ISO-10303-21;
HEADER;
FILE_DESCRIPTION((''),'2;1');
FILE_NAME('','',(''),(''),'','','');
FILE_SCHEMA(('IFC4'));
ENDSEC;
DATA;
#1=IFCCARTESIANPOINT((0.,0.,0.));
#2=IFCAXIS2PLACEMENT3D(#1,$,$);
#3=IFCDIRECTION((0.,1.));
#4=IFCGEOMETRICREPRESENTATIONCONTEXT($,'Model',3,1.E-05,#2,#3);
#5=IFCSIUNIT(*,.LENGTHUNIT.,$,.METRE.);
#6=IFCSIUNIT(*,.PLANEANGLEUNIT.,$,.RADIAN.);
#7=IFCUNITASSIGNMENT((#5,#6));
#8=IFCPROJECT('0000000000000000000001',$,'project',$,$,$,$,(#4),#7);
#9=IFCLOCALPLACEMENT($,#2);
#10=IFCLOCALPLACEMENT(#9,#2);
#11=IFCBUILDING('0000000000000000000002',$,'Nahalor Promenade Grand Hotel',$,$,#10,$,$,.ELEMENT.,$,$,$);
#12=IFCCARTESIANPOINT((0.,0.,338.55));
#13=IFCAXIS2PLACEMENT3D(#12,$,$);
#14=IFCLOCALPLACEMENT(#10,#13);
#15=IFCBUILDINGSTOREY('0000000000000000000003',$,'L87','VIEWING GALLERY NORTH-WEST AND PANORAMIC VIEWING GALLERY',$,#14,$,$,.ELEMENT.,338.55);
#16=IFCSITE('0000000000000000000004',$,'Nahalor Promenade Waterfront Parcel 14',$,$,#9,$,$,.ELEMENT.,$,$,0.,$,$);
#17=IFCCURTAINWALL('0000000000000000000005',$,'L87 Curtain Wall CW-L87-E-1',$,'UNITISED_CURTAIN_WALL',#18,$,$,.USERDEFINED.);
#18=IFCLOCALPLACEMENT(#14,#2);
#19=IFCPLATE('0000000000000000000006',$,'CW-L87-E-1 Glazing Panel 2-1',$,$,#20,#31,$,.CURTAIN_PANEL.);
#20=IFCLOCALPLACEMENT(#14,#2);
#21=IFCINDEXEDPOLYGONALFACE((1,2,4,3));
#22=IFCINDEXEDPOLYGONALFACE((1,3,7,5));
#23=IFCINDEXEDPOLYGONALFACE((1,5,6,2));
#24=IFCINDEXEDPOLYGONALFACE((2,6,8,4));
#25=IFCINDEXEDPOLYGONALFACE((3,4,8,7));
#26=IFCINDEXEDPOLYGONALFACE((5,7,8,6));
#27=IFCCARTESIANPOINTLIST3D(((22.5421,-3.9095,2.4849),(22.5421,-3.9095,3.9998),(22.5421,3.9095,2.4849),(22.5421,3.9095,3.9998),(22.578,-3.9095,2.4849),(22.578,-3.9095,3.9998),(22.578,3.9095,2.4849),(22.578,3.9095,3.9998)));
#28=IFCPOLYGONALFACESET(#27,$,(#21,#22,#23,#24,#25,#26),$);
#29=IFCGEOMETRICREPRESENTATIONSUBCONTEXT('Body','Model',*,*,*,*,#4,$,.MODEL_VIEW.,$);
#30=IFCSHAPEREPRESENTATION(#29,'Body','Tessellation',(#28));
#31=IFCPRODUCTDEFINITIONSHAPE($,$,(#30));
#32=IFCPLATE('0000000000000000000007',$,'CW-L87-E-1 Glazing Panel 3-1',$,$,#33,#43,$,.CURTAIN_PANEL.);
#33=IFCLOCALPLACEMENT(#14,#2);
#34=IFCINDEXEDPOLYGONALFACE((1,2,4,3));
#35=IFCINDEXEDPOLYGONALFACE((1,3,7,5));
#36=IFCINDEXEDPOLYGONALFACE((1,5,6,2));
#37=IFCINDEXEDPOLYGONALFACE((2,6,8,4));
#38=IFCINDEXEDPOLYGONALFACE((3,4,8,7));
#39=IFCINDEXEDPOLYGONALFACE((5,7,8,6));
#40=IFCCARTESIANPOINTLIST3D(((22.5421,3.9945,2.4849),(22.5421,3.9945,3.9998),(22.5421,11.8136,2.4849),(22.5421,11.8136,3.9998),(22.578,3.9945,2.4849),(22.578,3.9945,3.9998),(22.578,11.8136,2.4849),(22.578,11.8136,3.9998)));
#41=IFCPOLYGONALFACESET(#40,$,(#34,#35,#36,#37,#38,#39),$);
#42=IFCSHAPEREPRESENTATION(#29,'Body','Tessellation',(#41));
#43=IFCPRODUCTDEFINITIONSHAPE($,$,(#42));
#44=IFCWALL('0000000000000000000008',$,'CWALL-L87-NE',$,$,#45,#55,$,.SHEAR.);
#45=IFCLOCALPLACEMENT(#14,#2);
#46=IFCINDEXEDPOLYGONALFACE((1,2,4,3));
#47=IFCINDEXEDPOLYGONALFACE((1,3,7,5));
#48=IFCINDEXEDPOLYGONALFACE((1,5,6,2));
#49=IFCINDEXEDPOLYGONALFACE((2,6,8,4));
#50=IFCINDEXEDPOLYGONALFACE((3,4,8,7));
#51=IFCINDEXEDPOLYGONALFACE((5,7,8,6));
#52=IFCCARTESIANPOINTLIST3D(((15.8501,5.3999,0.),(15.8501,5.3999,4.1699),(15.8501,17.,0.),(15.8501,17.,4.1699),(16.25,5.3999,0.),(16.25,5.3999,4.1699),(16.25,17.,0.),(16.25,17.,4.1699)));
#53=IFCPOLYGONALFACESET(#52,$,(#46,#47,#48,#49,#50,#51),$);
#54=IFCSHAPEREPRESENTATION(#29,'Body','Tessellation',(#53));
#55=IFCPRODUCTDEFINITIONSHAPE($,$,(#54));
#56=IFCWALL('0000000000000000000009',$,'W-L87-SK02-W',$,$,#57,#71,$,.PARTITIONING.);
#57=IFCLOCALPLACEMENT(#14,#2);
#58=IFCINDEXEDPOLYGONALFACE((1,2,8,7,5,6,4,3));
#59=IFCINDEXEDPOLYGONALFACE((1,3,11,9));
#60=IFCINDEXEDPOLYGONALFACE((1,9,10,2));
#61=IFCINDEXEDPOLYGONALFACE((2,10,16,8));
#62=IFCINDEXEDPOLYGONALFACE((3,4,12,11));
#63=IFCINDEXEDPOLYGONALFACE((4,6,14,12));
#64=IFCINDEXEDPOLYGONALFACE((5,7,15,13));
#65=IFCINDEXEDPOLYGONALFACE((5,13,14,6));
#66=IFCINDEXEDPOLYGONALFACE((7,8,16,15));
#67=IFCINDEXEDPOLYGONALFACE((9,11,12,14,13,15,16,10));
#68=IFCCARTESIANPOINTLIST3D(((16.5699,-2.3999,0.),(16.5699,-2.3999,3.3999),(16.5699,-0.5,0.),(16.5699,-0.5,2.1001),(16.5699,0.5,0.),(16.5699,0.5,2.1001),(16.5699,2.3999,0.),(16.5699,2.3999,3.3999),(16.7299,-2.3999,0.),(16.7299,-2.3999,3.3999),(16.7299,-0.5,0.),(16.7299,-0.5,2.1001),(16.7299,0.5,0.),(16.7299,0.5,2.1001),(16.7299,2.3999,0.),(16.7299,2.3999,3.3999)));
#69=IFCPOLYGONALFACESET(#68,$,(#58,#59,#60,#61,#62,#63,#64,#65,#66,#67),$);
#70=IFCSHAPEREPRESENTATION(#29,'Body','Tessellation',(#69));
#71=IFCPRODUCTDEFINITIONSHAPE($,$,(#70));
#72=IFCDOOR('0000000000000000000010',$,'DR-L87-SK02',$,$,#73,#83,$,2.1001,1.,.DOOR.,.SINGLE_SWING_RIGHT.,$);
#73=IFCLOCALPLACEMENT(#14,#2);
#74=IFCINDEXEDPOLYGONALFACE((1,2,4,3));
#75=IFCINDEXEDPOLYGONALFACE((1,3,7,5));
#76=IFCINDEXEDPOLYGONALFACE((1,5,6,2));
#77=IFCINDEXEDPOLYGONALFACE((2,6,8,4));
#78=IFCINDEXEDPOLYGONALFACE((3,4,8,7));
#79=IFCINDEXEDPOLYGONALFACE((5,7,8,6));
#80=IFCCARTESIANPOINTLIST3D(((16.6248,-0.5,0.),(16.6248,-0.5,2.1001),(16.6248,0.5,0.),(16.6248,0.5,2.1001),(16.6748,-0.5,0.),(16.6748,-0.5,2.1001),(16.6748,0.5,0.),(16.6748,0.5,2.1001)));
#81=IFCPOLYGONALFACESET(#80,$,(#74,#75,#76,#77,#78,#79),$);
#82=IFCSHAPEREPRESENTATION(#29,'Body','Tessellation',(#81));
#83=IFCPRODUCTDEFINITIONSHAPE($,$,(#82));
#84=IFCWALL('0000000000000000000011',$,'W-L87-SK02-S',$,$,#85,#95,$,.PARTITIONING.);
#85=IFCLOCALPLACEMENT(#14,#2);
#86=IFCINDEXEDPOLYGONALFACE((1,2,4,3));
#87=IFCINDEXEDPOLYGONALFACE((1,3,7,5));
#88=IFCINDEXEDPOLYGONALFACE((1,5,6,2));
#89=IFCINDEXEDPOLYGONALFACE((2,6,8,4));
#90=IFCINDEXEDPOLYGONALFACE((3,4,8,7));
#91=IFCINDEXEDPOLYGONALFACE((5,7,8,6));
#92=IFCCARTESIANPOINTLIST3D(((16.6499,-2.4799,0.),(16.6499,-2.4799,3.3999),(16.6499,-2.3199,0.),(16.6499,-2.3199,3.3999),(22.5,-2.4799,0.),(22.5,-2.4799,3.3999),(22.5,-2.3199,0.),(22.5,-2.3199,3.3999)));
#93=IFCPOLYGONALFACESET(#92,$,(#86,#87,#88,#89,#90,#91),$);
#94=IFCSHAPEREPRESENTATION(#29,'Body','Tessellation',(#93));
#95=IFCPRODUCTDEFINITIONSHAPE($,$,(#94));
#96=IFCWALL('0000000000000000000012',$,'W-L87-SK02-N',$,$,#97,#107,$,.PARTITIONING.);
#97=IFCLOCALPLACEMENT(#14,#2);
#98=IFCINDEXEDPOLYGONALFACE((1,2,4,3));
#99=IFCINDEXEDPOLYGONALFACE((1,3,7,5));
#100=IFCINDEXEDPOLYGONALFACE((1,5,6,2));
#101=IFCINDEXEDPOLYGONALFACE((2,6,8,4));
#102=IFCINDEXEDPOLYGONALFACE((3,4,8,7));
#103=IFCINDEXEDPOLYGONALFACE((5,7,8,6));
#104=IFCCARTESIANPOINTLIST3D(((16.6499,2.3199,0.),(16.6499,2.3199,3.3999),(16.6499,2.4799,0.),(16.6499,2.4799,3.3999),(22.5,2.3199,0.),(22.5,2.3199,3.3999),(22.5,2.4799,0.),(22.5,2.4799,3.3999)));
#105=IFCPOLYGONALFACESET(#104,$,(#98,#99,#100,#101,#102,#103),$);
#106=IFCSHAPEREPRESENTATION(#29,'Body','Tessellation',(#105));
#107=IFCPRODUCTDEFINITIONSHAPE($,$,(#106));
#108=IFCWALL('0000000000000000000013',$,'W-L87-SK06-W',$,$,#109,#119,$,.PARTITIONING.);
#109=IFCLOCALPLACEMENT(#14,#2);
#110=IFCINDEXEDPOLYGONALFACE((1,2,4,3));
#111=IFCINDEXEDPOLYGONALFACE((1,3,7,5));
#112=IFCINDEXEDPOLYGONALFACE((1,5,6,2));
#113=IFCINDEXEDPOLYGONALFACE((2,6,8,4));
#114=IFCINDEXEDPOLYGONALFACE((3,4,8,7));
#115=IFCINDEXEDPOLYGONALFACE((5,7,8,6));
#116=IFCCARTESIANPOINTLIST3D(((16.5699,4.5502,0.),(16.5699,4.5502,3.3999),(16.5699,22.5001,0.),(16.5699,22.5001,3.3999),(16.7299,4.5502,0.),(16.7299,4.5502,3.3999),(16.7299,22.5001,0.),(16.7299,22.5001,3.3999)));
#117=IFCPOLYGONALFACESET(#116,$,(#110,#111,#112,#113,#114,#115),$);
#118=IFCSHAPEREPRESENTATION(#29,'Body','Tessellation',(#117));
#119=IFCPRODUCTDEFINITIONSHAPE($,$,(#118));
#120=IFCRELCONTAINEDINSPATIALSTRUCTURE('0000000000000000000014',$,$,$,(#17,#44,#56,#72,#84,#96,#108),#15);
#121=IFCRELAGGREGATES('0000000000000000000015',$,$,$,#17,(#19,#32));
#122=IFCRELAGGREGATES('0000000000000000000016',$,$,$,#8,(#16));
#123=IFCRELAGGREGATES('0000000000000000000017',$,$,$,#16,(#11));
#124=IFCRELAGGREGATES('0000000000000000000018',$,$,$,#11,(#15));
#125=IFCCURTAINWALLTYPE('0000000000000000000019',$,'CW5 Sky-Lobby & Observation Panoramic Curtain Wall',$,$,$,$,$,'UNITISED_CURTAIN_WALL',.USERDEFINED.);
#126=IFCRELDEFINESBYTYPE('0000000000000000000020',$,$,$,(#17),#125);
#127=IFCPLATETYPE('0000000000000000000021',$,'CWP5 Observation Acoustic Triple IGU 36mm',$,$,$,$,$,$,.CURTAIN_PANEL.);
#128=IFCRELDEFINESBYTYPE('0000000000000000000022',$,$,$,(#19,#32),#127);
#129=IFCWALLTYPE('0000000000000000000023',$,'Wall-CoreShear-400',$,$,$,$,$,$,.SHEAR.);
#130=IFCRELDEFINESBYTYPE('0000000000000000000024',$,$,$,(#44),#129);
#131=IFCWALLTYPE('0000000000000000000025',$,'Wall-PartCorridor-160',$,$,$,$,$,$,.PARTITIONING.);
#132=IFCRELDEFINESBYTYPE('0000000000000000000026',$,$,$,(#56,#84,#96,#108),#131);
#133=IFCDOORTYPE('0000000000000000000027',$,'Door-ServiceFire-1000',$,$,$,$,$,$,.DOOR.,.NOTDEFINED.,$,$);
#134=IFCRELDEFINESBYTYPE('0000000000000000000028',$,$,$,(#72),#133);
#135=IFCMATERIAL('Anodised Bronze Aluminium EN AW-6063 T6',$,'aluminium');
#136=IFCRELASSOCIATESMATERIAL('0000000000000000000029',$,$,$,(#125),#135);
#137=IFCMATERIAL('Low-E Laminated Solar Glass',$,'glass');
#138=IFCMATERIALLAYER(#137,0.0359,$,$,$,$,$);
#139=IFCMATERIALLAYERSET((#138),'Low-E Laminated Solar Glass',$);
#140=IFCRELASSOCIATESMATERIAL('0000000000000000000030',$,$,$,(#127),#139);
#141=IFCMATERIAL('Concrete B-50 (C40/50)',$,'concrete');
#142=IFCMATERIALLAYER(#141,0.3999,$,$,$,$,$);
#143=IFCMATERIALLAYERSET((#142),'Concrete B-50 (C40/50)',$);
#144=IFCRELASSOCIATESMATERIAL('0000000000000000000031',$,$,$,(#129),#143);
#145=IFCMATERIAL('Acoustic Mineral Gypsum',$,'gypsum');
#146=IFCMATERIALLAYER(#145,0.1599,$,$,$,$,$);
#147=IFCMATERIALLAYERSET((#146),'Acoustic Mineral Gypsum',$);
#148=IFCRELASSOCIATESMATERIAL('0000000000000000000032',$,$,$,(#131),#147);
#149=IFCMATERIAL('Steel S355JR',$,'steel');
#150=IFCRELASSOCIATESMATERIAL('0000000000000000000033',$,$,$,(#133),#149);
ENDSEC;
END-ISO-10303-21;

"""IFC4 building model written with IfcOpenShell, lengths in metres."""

from ifc_helpers import new_model, si_unit, direction, frame, frame_2d, origin, origin_2d, place, context, subcontext, project, spatial, rectangle, extrude, source, transform, mapped, material, layer, layer_set, type_object, element, fill, aggregate, save


model = new_model("IFC4")

# Units and contexts
model_context = context("Model", 3, precision=1e-05, world=origin(), true_north=direction((0.0, 1.0)))
body_context = subcontext(model_context, "Body", "Model", "MODEL_VIEW")
ifc_project = project(units=[si_unit("LENGTHUNIT", "METRE"), si_unit("PLANEANGLEUNIT", "RADIAN")], contexts=[model_context])

# Site, building, storey
site_placement = place(None, origin())
site = spatial("IfcSite", under=ifc_project, at=site_placement, Name="Nahalor Promenade Waterfront Parcel 14", CompositionType="ELEMENT", RefElevation=0.0)
building_placement = place(site_placement, origin())
building = spatial("IfcBuilding", under=site, at=building_placement, Name="Nahalor Promenade Grand Hotel", CompositionType="ELEMENT")
storey_placement = place(building_placement, frame((0.0, 0.0, 338.55)))
storey = spatial("IfcBuildingStorey", under=building, at=storey_placement, Name="L87", Description="VIEWING GALLERY NORTH-WEST AND PANORAMIC VIEWING GALLERY", CompositionType="ELEMENT", Elevation=338.55)

# Shared definitions
ifc_material_1 = material(Name="Steel S355JR", Category="steel")

# Curtain wall, plates
ifc_material_2 = material(Name="Anodised Bronze Aluminium EN AW-6063 T6", Category="aluminium")
curtain_wall_type = type_object("IfcCurtainWallType", Name="CW5 Sky-Lobby & Observation Panoramic Curtain Wall", ElementType="UNITISED_CURTAIN_WALL", PredefinedType="USERDEFINED", material=ifc_material_2)
curtain_wall_placement = place(storey_placement, origin())
curtain_wall = element("IfcCurtainWall", 1, at=curtain_wall_placement, inside=storey, type_object=curtain_wall_type, Name="L87 Curtain Wall CW-L87-E-1", ObjectType="UNITISED_CURTAIN_WALL", PredefinedType="USERDEFINED")
ifc_material_3 = material(Name="Low-E Laminated Solar Glass", Category="glass")
ifc_layer_1 = layer(ifc_material_3, 0.0359)
ifc_layer_set_1 = layer_set([ifc_layer_1], Name="Low-E Laminated Solar Glass")
plate_type = type_object("IfcPlateType", Name="CWP5 Observation Acoustic Triple IGU 36mm", PredefinedType="CURTAIN_PANEL", material=ifc_layer_set_1)
shared_shape_1 = source(origin(), body_context, "Body", "SweptSolid", [
    extrude(rectangle(XDim=7.8191, YDim=0.0359, at=origin_2d()), origin(), (0.0, 0.0, 1.0), 1.5149),
])
plate_1_placement = place(storey_placement, frame((22.5601, 0.0, 2.4849), z_axis=(0.0, 0.0, 1.0), x_axis=(0.0, 1.0, 0.0)))
plate_1 = element("IfcPlate", 2, at=plate_1_placement, type_object=plate_type, Name="CW-L87-E-1 Glazing Panel 2-1", PredefinedType="CURTAIN_PANEL", context=body_context, shape_type="MappedRepresentation", body=[
    mapped(shared_shape_1, transform((0.0, 0.0, 0.0), scale=1.0)),
])
plate_2_placement = place(storey_placement, frame((22.5601, 7.9041, 2.4849), z_axis=(0.0, 0.0, 1.0), x_axis=(0.0, 1.0, 0.0)))
plate_2 = element("IfcPlate", 3, at=plate_2_placement, type_object=plate_type, Name="CW-L87-E-1 Glazing Panel 3-1", PredefinedType="CURTAIN_PANEL", context=body_context, shape_type="MappedRepresentation", body=[
    mapped(shared_shape_1, transform((0.0, 0.0, 0.0), scale=1.0)),
])
aggregate(curtain_wall, [plate_1, plate_2])

# Wall
ifc_material_4 = material(Name="Concrete B-50 (C40/50)", Category="concrete")
ifc_layer_2 = layer(ifc_material_4, 0.3999)
ifc_layer_set_2 = layer_set([ifc_layer_2], Name="Concrete B-50 (C40/50)")
wall_type_1 = type_object("IfcWallType", Name="Wall-CoreShear-400", PredefinedType="SHEAR", material=ifc_layer_set_2)
shared_shape_2 = source(origin(), body_context, "Body", "SweptSolid", [
    extrude(rectangle(XDim=11.6001, YDim=0.3999, at=frame_2d((5.8, 0.0))), origin(), (0.0, 0.0, 1.0), 4.1699),
])
wall_1_placement = place(storey_placement, frame((16.05, 5.3999, 0.0), z_axis=(0.0, 0.0, 1.0), x_axis=(0.0, 1.0, 0.0)))
element("IfcWall", 4, at=wall_1_placement, inside=storey, type_object=wall_type_1, Name="CWALL-L87-NE", PredefinedType="SHEAR", context=body_context, shape_type="MappedRepresentation", body=[
    mapped(shared_shape_2, transform((0.0, 0.0, 0.0), scale=1.0)),
])

# Wall, opening, door
ifc_material_5 = material(Name="Acoustic Mineral Gypsum", Category="gypsum")
ifc_layer_3 = layer(ifc_material_5, 0.1599)
ifc_layer_set_3 = layer_set([ifc_layer_3], Name="Acoustic Mineral Gypsum")
wall_type_2 = type_object("IfcWallType", Name="Wall-PartCorridor-160", PredefinedType="PARTITIONING", material=ifc_layer_set_3)
shared_shape_3 = source(origin(), body_context, "Body", "SweptSolid", [
    extrude(rectangle(XDim=4.7998, YDim=0.1599, at=frame_2d((2.3999, 0.0))), origin(), (0.0, 0.0, 1.0), 3.3999),
])
wall_2_placement = place(storey_placement, frame((16.6499, -2.3999, 0.0), z_axis=(0.0, 0.0, 1.0), x_axis=(0.0, 1.0, 0.0)))
wall_2 = element("IfcWall", 5, at=wall_2_placement, inside=storey, type_object=wall_type_2, Name="W-L87-SK02-W", PredefinedType="PARTITIONING", context=body_context, shape_type="MappedRepresentation", body=[
    mapped(shared_shape_3, transform((0.0, 0.0, 0.0), scale=1.0)),
])
opening_1_placement = place(wall_2_placement, frame((1.8999, 0.0, 0.0)))
opening_1 = element("IfcOpeningElement", 6, at=opening_1_placement, cuts=wall_2, PredefinedType="OPENING", context=body_context, shape_type="SweptSolid", body=[
    extrude(rectangle(XDim=1.0, YDim=2.1001, at=frame_2d((0.5, 1.05))), frame((0.0, 0.0898, 0.0), z_axis=(0.0, -1.0, 0.0), x_axis=(1.0, 0.0, 0.0)), (0.0, 0.0, 1.0), 0.1799),
])
door_type_1 = type_object("IfcDoorType", Name="Door-ServiceFire-1000", OperationType="NOTDEFINED", PredefinedType="DOOR", material=ifc_material_1)
shared_shape_4 = source(origin(), body_context, "Body", "SweptSolid", [
    extrude(rectangle(XDim=1.0, YDim=2.1001, at=frame_2d((0.5, 1.05))), frame((0.0, 0.0249, 0.0), z_axis=(0.0, -1.0, 0.0), x_axis=(1.0, 0.0, 0.0)), (0.0, 0.0, 1.0), 0.05),
])
door_1_placement = place(opening_1_placement, frame((1.0, 0.0, 0.0), z_axis=(0.0, 0.0, 1.0), x_axis=(-1.0, 0.0, 0.0)))
door_1 = element("IfcDoor", 7, at=door_1_placement, inside=storey, type_object=door_type_1, Name="DR-L87-SK02", OperationType="SINGLE_SWING_RIGHT", OverallHeight=2.1001, OverallWidth=1.0, PredefinedType="DOOR", context=body_context, shape_type="MappedRepresentation", body=[
    mapped(shared_shape_4, transform((0.0, 0.0, 0.0), scale=1.0)),
])
fill(opening_1, door_1)

# Walls
shared_shape_5 = source(origin(), body_context, "Body", "SweptSolid", [
    extrude(rectangle(XDim=5.8501, YDim=0.1599, at=frame_2d((2.925, 0.0))), origin(), (0.0, 0.0, 1.0), 3.3999),
])
for number, where, z_axis, x_axis, name in (
    (8, (16.6499, -2.3999, 0.0), (0.0, 0.0, 1.0), (1.0, 0.0, 0.0), "W-L87-SK02-S"),
    (9, (16.6499, 2.3999, 0.0), (0.0, 0.0, 1.0), (1.0, 0.0, 0.0), "W-L87-SK02-N"),
):
    element("IfcWall", number, at=place(storey_placement, frame(where, z_axis=z_axis, x_axis=x_axis)), inside=storey, type_object=wall_type_2, Name=name, PredefinedType="PARTITIONING", context=body_context, shape_type="MappedRepresentation", body=[
        mapped(shared_shape_5, transform((0.0, 0.0, 0.0), scale=1.0)),
    ])

# Wall
shared_shape_6 = source(origin(), body_context, "Body", "SweptSolid", [
    extrude(rectangle(XDim=17.95, YDim=0.1599, at=frame_2d((8.9751, 0.0))), origin(), (0.0, 0.0, 1.0), 3.3999),
])
wall_3_placement = place(storey_placement, frame((16.6499, 4.55, 0.0), z_axis=(0.0, 0.0, 1.0), x_axis=(0.0, 1.0, 0.0)))
element("IfcWall", 10, at=wall_3_placement, inside=storey, type_object=wall_type_2, Name="W-L87-SK06-W", PredefinedType="PARTITIONING", context=body_context, shape_type="MappedRepresentation", body=[
    mapped(shared_shape_6, transform((0.0, 0.0, 0.0), scale=1.0)),
])

save(model, "model.ifc")
